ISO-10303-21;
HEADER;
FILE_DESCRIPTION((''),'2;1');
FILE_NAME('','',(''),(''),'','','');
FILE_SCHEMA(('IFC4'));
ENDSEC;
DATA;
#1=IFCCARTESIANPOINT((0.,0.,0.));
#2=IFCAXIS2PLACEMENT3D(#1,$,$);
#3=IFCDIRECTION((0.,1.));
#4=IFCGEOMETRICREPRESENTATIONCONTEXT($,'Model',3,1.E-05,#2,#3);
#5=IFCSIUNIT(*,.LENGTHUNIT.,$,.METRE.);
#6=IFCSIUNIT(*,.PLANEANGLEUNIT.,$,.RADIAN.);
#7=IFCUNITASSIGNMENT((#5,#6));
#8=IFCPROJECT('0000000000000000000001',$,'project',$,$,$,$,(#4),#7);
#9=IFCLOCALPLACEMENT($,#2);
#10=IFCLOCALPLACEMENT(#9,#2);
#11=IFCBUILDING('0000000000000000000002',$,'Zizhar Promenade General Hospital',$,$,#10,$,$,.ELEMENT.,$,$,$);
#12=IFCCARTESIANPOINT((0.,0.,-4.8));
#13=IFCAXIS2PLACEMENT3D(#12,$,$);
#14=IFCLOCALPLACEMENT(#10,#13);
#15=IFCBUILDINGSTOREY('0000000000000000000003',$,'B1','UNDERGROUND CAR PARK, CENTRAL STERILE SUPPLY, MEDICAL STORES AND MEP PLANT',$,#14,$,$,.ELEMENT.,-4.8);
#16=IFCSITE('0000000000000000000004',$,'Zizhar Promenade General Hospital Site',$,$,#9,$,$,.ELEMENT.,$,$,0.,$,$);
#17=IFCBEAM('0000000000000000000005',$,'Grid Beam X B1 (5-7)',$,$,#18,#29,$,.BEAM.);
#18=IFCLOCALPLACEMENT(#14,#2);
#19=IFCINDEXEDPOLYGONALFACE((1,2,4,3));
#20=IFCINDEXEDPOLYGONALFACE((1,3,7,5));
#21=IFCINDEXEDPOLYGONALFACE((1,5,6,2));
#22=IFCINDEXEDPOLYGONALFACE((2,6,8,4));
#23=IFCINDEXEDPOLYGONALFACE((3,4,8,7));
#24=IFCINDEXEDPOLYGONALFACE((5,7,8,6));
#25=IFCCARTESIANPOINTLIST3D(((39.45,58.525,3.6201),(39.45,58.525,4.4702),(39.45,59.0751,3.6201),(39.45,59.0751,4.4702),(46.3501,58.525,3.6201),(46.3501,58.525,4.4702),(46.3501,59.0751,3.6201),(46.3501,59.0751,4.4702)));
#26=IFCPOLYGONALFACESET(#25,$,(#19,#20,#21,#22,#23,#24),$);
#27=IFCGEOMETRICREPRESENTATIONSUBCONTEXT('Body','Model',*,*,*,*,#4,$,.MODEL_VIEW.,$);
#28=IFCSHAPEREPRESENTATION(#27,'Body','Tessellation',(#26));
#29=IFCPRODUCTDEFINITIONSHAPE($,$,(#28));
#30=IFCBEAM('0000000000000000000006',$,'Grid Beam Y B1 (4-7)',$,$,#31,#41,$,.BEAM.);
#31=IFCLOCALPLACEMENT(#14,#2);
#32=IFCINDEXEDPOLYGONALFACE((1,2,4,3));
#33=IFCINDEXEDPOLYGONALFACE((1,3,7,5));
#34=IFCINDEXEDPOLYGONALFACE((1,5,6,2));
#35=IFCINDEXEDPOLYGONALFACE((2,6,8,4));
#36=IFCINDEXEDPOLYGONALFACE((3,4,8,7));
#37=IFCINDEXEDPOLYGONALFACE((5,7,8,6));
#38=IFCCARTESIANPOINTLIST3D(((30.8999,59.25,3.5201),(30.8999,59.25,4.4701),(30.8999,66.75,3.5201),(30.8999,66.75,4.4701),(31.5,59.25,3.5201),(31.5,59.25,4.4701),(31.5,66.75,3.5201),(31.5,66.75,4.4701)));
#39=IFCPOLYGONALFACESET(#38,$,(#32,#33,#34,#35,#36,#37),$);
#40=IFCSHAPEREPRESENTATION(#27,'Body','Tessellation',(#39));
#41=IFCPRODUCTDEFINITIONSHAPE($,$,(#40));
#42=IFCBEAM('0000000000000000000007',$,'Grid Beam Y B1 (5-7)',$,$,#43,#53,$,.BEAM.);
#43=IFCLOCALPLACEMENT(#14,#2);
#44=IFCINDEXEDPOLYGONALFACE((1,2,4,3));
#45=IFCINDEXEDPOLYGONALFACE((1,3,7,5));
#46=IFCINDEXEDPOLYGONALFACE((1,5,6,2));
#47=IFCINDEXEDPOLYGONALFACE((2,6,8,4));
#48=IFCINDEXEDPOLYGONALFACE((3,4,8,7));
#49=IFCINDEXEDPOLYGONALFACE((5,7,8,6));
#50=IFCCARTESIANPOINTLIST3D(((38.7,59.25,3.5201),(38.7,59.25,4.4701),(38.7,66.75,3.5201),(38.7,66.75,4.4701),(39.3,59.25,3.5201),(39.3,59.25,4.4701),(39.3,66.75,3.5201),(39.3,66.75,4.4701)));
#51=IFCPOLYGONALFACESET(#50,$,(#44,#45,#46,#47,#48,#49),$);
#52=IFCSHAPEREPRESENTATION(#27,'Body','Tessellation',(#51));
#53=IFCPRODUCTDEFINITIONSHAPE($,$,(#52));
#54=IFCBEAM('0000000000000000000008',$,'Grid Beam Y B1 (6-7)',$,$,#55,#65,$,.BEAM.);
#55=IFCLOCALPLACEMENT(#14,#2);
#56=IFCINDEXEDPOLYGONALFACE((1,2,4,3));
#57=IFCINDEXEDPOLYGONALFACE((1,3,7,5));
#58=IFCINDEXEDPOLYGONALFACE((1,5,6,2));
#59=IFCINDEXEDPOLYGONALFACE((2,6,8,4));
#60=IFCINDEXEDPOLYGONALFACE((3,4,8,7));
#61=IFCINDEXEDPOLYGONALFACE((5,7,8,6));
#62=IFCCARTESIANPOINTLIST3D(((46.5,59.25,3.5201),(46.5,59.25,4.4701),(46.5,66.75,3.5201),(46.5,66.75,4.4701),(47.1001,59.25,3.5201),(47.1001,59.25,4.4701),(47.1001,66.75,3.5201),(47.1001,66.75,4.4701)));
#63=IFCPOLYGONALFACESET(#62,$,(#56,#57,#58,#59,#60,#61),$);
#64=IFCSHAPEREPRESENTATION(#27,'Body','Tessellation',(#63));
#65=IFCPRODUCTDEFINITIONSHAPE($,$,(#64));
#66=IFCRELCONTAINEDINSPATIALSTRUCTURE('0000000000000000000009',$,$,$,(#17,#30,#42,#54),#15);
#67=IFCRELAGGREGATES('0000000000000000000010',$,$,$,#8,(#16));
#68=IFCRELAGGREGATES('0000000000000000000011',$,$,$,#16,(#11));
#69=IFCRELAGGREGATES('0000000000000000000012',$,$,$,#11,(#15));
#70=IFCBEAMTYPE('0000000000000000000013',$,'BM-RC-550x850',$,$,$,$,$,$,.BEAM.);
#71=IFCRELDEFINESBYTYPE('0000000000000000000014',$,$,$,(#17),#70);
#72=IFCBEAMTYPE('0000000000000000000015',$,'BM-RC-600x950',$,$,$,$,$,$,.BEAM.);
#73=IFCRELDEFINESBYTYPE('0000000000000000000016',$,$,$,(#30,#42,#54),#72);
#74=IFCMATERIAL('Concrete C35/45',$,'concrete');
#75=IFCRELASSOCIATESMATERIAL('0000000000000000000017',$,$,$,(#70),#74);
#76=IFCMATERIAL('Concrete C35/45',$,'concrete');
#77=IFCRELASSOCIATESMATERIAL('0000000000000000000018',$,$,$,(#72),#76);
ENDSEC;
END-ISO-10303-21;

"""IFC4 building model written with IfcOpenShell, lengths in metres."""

from ifc_helpers import new_model, si_unit, direction, frame, origin, origin_2d, place, context, subcontext, project, spatial, rectangle, extrude, material, material_profile, profile_set, type_object, element, save


model = new_model("IFC4")

# Units and contexts
model_context = context("Model", 3, precision=1e-05, world=origin(), true_north=direction((0.0, 1.0)))
body_context = subcontext(model_context, "Body", "Model", "MODEL_VIEW")
ifc_project = project(units=[si_unit("LENGTHUNIT", "METRE"), si_unit("PLANEANGLEUNIT", "RADIAN")], contexts=[model_context])

# Site, building, storey
site_placement = place(None, origin())
site = spatial("IfcSite", under=ifc_project, at=site_placement, Name="Zizhar Promenade General Hospital Site", CompositionType="ELEMENT", RefElevation=0.0)
building_placement = place(site_placement, origin())
building = spatial("IfcBuilding", under=site, at=building_placement, Name="Zizhar Promenade General Hospital", CompositionType="ELEMENT")
storey_placement = place(building_placement, frame((0.0, 0.0, -4.8)))
storey = spatial("IfcBuildingStorey", under=building, at=storey_placement, Name="B1", Description="UNDERGROUND CAR PARK, CENTRAL STERILE SUPPLY, MEDICAL STORES AND MEP PLANT", CompositionType="ELEMENT", Elevation=-4.8)

# Beams
ifc_material_1 = material(Name="Concrete C35/45", Category="concrete")
ifc_material_profile_1 = material_profile(ifc_material_1, rectangle(XDim=0.55, YDim=0.8501, at=origin_2d()))
ifc_profile_set_1 = profile_set([ifc_material_profile_1], Name="Concrete C35/45")
beam_type_1 = type_object("IfcBeamType", Name="BM-RC-550x850", PredefinedType="BEAM", material=ifc_profile_set_1)
for number, where, z_axis, x_axis, name in (
    (1, (39.45, 58.8, 4.0452), (1.0, 0.0, 0.0), (0.0, 1.0, 0.0), "Grid Beam X B1 (5-7)"),
):
    element("IfcBeam", number, at=place(storey_placement, frame(where, z_axis=z_axis, x_axis=x_axis)), inside=storey, type_object=beam_type_1, Name=name, PredefinedType="BEAM", context=body_context, shape_type="SweptSolid", body=[
        extrude(rectangle(XDim=0.55, YDim=0.8501, at=origin_2d()), origin(), (0.0, 0.0, 1.0), 6.9001),
    ])
ifc_material_2 = material(Name="Concrete C35/45", Category="concrete")
ifc_material_profile_2 = material_profile(ifc_material_2, rectangle(XDim=0.6001, YDim=0.95, at=origin_2d()))
ifc_profile_set_2 = profile_set([ifc_material_profile_2], Name="Concrete C35/45")
beam_type_2 = type_object("IfcBeamType", Name="BM-RC-600x950", PredefinedType="BEAM", material=ifc_profile_set_2)
for number, where, z_axis, x_axis, name in (
    (2, (31.2, 59.25, 3.9951), (0.0, 1.0, 0.0), (-1.0, 0.0, 0.0), "Grid Beam Y B1 (4-7)"),
    (3, (39.0, 59.25, 3.9951), (0.0, 1.0, 0.0), (-1.0, 0.0, 0.0), "Grid Beam Y B1 (5-7)"),
    (4, (46.8, 59.25, 3.9951), (0.0, 1.0, 0.0), (-1.0, 0.0, 0.0), "Grid Beam Y B1 (6-7)"),
):
    element("IfcBeam", number, at=place(storey_placement, frame(where, z_axis=z_axis, x_axis=x_axis)), inside=storey, type_object=beam_type_2, Name=name, PredefinedType="BEAM", context=body_context, shape_type="SweptSolid", body=[
        extrude(rectangle(XDim=0.6001, YDim=0.95, at=origin_2d()), origin(), (0.0, 0.0, 1.0), 7.5),
    ])

save(model, "model.ifc")
